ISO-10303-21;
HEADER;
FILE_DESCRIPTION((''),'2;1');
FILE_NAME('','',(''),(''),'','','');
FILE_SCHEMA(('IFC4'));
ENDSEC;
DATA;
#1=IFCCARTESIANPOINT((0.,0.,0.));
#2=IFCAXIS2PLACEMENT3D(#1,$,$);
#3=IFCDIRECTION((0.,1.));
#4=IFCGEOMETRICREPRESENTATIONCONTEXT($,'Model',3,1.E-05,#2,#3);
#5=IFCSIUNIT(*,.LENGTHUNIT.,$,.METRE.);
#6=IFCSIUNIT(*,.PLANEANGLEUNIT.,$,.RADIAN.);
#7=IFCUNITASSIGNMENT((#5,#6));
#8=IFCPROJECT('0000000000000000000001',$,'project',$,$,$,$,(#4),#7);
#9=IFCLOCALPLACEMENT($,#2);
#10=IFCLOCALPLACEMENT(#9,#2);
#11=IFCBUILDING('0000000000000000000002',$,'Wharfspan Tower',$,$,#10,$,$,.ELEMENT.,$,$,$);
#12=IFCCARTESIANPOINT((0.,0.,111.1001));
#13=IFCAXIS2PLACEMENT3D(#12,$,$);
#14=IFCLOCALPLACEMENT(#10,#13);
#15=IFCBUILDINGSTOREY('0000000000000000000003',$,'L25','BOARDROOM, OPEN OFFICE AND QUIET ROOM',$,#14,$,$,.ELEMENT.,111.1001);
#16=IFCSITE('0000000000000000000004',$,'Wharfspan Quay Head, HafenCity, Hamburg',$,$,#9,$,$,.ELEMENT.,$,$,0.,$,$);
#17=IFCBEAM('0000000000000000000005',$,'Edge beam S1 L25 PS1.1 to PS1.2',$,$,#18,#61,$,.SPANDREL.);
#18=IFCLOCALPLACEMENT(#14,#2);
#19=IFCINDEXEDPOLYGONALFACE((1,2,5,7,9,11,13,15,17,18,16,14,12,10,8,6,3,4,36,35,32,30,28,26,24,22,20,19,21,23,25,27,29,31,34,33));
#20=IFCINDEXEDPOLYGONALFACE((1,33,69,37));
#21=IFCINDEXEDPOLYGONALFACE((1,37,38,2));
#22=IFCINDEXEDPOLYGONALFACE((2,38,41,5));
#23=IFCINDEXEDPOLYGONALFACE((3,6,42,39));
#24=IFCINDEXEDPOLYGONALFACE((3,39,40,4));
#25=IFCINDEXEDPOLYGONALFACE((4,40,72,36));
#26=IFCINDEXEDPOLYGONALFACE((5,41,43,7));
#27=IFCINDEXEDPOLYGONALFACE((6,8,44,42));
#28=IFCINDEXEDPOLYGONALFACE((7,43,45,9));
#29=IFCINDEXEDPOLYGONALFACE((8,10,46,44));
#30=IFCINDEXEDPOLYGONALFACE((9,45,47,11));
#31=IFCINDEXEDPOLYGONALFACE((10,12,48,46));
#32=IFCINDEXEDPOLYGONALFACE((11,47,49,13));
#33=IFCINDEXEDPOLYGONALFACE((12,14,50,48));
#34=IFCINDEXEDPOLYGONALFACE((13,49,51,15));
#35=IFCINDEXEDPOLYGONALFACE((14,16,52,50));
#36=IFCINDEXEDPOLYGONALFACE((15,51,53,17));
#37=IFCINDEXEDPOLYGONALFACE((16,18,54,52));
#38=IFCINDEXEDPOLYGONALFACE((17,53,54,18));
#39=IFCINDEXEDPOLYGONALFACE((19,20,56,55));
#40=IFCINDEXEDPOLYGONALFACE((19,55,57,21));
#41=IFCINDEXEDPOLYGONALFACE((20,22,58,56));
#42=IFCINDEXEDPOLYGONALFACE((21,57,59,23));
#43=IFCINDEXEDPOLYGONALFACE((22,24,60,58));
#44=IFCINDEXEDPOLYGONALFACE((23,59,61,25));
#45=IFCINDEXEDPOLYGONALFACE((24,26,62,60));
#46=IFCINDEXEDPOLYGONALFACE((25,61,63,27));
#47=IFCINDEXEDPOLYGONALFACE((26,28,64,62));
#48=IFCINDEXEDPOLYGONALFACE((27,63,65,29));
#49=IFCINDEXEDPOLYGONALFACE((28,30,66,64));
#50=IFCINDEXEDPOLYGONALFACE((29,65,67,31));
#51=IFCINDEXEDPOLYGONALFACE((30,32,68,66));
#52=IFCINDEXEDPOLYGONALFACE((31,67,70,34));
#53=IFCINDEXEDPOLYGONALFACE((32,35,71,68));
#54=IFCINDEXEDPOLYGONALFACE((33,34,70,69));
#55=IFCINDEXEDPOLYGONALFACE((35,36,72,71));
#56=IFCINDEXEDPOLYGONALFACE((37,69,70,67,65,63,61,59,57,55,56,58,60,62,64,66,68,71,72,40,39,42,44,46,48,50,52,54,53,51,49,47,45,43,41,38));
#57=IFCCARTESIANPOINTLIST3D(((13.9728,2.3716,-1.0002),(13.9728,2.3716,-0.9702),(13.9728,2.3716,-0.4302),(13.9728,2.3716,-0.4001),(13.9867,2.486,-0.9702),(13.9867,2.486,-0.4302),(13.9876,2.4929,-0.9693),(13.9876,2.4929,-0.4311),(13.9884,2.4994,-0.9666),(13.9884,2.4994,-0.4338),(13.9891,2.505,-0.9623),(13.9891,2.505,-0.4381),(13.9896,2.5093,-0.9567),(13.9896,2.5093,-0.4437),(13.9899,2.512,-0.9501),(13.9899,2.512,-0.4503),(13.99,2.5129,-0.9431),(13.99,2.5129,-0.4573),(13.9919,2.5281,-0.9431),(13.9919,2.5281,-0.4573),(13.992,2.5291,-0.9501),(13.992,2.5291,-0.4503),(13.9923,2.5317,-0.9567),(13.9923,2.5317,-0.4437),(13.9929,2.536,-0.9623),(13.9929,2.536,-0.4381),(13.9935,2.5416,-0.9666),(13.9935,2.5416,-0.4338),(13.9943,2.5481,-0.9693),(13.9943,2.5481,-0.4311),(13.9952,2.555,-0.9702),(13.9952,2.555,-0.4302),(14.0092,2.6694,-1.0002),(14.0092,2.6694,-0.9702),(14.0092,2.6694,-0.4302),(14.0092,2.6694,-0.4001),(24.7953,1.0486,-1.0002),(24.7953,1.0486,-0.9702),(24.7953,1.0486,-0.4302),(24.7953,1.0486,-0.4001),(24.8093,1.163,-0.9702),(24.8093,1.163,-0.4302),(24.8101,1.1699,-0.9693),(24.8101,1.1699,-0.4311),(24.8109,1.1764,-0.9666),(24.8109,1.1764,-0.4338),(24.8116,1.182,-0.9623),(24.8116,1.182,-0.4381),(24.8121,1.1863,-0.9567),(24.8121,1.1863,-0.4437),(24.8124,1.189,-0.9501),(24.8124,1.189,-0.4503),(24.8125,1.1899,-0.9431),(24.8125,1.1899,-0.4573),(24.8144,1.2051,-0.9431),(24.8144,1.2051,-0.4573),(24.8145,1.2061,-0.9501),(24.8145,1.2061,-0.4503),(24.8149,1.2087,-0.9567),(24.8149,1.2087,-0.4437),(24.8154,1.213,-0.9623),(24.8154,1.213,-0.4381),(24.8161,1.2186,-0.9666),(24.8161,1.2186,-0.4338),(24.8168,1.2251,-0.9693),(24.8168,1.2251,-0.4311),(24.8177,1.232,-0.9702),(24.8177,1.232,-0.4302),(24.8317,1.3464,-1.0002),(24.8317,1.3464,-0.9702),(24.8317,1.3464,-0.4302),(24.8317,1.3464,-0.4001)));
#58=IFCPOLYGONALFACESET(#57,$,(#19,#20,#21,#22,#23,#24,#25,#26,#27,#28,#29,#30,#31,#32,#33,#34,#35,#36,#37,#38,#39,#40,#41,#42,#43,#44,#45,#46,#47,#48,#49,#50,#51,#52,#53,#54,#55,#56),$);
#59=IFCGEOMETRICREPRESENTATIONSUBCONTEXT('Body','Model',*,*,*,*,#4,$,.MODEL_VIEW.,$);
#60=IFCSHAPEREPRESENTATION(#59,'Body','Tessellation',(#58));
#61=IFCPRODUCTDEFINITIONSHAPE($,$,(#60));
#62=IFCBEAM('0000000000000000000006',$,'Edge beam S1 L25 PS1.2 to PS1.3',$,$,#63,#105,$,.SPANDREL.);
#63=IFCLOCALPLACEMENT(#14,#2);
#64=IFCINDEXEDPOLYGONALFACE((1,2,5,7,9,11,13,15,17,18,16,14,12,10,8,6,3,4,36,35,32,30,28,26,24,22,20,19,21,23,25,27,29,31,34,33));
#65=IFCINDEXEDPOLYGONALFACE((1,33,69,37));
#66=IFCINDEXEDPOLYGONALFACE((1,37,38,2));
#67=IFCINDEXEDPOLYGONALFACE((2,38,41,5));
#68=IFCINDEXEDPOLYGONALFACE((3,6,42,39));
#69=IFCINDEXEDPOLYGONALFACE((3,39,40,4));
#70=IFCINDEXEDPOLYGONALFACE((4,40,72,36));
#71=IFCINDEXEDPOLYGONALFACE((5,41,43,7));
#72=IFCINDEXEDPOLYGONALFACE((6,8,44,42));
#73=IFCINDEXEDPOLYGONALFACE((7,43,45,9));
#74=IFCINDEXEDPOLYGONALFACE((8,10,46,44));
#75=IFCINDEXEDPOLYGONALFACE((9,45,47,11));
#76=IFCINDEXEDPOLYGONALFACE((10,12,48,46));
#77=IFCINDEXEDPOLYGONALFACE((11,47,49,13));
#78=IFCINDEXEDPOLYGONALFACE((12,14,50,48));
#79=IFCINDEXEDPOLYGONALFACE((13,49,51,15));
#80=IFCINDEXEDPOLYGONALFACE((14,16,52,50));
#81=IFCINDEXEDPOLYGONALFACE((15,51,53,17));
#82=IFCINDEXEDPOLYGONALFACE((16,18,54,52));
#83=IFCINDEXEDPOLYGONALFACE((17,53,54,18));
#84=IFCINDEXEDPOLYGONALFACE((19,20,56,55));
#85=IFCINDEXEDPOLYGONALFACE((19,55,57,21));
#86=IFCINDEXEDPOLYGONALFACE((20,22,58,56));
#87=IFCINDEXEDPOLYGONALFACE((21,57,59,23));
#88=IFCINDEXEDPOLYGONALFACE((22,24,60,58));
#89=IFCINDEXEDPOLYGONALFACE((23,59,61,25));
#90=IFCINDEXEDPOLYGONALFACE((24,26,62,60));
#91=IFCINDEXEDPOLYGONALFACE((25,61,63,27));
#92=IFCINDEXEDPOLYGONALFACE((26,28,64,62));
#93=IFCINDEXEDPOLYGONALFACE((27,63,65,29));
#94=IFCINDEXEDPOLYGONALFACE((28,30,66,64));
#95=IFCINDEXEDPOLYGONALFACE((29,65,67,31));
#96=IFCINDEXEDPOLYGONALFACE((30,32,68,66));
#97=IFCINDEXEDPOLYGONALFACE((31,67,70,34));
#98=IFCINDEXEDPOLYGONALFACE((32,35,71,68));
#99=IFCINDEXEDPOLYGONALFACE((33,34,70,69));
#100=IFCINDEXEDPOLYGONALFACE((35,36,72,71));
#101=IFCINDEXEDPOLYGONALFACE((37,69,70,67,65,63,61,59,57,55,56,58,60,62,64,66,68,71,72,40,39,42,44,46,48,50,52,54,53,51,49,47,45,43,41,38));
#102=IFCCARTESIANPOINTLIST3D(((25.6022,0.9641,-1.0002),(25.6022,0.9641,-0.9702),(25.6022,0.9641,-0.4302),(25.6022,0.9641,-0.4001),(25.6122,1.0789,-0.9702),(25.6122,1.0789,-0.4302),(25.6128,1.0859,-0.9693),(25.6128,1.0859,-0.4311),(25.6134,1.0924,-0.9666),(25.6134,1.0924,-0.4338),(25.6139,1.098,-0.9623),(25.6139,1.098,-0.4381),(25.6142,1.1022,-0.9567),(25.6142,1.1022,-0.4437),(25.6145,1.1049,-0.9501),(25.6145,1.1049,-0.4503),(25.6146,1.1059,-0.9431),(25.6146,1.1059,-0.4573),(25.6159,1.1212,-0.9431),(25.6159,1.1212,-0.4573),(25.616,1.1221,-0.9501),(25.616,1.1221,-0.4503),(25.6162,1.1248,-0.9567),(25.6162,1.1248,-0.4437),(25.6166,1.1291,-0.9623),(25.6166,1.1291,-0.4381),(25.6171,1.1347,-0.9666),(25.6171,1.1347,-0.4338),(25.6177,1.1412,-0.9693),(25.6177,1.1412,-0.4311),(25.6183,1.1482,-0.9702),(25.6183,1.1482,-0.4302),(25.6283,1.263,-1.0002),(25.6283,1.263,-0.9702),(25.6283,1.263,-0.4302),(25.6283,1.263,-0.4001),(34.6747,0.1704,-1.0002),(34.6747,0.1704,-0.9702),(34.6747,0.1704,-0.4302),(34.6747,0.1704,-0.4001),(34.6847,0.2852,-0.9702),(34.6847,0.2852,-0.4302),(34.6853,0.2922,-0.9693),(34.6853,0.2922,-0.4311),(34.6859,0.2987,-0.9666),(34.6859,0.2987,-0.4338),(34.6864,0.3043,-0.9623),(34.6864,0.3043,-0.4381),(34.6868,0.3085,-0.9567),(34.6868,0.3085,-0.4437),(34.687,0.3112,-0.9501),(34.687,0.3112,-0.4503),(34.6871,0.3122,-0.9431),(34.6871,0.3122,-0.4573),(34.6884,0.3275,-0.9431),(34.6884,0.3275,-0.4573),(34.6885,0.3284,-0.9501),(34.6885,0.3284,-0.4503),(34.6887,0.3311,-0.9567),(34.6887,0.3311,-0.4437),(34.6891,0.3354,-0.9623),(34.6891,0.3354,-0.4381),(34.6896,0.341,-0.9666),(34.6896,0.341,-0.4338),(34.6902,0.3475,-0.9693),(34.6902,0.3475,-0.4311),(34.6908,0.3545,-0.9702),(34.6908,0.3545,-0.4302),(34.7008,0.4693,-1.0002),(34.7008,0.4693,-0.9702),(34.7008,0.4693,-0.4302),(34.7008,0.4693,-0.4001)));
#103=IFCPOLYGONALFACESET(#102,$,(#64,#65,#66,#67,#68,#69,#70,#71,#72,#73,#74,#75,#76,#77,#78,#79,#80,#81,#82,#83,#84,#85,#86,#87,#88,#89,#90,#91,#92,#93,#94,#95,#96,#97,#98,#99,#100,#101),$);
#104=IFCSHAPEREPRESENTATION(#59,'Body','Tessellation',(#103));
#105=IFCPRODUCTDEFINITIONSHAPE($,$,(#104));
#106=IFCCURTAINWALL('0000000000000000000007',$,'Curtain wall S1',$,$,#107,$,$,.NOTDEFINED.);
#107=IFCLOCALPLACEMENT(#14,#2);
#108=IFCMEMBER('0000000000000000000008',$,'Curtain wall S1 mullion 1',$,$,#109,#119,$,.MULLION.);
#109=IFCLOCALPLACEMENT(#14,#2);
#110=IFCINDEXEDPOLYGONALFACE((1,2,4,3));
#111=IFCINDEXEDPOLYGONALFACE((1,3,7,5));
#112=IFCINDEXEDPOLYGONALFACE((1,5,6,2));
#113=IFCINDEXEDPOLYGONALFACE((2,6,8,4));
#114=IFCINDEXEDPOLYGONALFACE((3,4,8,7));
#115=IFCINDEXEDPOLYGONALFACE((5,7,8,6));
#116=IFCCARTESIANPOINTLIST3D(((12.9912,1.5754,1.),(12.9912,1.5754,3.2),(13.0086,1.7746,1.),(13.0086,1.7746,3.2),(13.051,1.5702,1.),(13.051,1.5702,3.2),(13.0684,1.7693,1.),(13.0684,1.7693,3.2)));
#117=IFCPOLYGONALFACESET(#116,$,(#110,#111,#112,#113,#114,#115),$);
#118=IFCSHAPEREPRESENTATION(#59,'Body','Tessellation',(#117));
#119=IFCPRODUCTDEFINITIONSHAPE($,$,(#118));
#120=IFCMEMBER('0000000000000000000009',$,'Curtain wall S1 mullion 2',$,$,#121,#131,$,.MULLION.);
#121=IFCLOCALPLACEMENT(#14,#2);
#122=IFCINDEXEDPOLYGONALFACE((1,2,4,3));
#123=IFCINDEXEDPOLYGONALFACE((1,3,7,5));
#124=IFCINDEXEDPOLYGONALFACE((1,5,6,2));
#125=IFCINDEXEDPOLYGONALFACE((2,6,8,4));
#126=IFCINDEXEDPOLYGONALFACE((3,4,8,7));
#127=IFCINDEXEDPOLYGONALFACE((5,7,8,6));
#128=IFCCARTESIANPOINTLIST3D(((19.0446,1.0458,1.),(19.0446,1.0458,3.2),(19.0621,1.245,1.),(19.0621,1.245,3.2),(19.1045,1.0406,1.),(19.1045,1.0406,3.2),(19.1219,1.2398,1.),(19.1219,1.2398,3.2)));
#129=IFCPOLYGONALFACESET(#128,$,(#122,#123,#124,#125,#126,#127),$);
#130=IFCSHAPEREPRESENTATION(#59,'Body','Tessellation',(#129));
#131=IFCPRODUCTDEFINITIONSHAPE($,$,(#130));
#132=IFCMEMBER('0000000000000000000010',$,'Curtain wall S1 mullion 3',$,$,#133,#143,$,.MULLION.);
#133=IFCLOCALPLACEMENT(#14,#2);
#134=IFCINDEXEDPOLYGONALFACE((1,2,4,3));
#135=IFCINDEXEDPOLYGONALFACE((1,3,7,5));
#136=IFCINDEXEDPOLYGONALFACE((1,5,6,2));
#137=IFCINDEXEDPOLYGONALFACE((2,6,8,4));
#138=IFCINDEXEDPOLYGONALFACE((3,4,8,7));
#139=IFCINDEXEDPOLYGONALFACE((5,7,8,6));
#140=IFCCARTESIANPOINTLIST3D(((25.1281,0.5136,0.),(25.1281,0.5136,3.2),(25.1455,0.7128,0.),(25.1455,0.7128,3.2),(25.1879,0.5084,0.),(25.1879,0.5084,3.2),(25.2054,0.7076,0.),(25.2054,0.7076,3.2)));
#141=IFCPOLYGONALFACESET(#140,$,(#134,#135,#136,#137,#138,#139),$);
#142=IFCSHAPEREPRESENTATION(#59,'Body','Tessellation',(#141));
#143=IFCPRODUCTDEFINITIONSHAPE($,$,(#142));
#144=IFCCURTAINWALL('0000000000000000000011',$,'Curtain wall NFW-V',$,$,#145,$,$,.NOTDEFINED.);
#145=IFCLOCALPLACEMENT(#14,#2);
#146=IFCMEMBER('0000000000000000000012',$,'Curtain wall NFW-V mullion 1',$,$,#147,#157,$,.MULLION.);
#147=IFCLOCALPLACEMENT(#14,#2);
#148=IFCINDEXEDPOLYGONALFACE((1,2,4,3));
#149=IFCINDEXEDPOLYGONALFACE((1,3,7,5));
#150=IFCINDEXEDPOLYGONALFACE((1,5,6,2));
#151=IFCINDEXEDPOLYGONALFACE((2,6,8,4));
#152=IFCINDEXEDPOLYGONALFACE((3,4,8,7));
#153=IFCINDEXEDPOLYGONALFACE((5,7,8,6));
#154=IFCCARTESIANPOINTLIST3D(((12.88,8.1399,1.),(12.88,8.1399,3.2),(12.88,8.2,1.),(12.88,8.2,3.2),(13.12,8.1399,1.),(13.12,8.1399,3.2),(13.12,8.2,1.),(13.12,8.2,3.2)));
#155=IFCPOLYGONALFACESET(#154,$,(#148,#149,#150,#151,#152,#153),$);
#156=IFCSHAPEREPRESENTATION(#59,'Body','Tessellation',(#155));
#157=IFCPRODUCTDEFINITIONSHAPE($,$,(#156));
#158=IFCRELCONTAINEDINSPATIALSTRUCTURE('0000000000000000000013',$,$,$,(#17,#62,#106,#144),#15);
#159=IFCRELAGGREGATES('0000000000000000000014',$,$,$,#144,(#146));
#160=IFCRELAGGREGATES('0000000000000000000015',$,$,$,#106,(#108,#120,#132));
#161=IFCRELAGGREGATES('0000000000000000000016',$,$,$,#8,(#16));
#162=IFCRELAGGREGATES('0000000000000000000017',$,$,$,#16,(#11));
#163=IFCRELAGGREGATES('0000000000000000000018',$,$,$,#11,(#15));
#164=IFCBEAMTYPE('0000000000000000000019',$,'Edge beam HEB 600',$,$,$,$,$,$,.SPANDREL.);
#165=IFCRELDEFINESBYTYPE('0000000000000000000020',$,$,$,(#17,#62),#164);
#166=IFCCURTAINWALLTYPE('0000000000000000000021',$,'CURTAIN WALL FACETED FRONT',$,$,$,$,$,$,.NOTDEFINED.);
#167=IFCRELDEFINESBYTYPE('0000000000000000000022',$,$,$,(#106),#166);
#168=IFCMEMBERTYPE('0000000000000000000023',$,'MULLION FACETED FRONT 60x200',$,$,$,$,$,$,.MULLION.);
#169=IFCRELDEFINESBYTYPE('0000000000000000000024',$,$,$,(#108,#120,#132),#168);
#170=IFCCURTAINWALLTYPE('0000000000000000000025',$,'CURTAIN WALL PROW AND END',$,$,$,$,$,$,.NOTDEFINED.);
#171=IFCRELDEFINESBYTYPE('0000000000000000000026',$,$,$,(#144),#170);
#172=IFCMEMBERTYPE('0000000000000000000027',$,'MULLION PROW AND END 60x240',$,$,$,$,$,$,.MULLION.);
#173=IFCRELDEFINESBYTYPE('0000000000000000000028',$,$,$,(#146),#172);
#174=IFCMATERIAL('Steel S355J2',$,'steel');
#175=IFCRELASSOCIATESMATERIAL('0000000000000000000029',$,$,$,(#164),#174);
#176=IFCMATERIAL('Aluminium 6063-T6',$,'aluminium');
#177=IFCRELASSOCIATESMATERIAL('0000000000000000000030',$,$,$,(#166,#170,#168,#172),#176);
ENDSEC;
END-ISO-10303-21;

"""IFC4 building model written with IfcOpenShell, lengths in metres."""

from ifc_helpers import new_model, si_unit, direction, frame, origin, origin_2d, place, context, subcontext, project, spatial, rectangle, i_section, extrude, material, material_profile, profile_set, type_object, element, aggregate, save


model = new_model("IFC4")

# Units and contexts
model_context = context("Model", 3, precision=1e-05, world=origin(), true_north=direction((0.0, 1.0)))
body_context = subcontext(model_context, "Body", "Model", "MODEL_VIEW")
ifc_project = project(units=[si_unit("LENGTHUNIT", "METRE"), si_unit("PLANEANGLEUNIT", "RADIAN")], contexts=[model_context])

# Site, building, storey
site_placement = place(None, origin())
site = spatial("IfcSite", under=ifc_project, at=site_placement, Name="Wharfspan Quay Head, HafenCity, Hamburg", CompositionType="ELEMENT", RefElevation=0.0)
building_placement = place(site_placement, origin())
building = spatial("IfcBuilding", under=site, at=building_placement, Name="Wharfspan Tower", CompositionType="ELEMENT")
storey_placement = place(building_placement, frame((0.0, 0.0, 111.1001)))
storey = spatial("IfcBuildingStorey", under=building, at=storey_placement, Name="L25", Description="BOARDROOM, OPEN OFFICE AND QUIET ROOM", CompositionType="ELEMENT", Elevation=111.1001)

# Shared definitions
ifc_material_1 = material(Name="Steel S355J2", Category="steel")

# Beams
ifc_material_profile_1 = material_profile(ifc_material_1, i_section(OverallWidth=0.3, OverallDepth=0.6001, WebThickness=0.0154, FlangeThickness=0.03, FilletRadius=0.0271, at=origin_2d()))
ifc_profile_set_1 = profile_set([ifc_material_profile_1], Name="Steel S355J2")
beam_type = type_object("IfcBeamType", Name="Edge beam HEB 600", PredefinedType="SPANDREL", material=ifc_profile_set_1)
beam_1_placement = place(storey_placement, frame((13.991, 2.5205, -0.7002), z_axis=(0.992611, -0.121342, 0.0), x_axis=(0.121342, 0.992611, 0.0)))
element("IfcBeam", 1, at=beam_1_placement, inside=storey, type_object=beam_type, Name="Edge beam S1 L25 PS1.1 to PS1.2", PredefinedType="SPANDREL", context=body_context, shape_type="SweptSolid", body=[
    extrude(i_section(OverallWidth=0.3, OverallDepth=0.6001, WebThickness=0.0154, FlangeThickness=0.03, FilletRadius=0.0271, at=origin_2d()), origin(), (0.0, 0.0, 1.0), 10.9031),
])
beam_2_placement = place(storey_placement, frame((25.6152, 1.1135, -0.7002), z_axis=(0.996195, -0.087151, 0.0), x_axis=(0.087151, 0.996195, 0.0)))
element("IfcBeam", 2, at=beam_2_placement, inside=storey, type_object=beam_type, Name="Edge beam S1 L25 PS1.2 to PS1.3", PredefinedType="SPANDREL", context=body_context, shape_type="SweptSolid", body=[
    extrude(i_section(OverallWidth=0.3, OverallDepth=0.6001, WebThickness=0.0154, FlangeThickness=0.03, FilletRadius=0.0271, at=origin_2d()), origin(), (0.0, 0.0, 1.0), 9.1072),
])

# Curtain wall, members
ifc_material_2 = material(Name="Aluminium 6063-T6", Category="aluminium")
curtain_wall_type_1 = type_object("IfcCurtainWallType", Name="CURTAIN WALL FACETED FRONT", PredefinedType="NOTDEFINED", material=ifc_material_2)
curtain_wall_1_placement = place(storey_placement, origin())
curtain_wall_1 = element("IfcCurtainWall", 3, at=curtain_wall_1_placement, inside=storey, type_object=curtain_wall_type_1, Name="Curtain wall S1", PredefinedType="NOTDEFINED")
ifc_material_profile_2 = material_profile(ifc_material_2, rectangle(XDim=0.2, YDim=0.0601, at=origin_2d()))
ifc_profile_set_2 = profile_set([ifc_material_profile_2], Name="Aluminium 6063-T6")
member_type_1 = type_object("IfcMemberType", Name="MULLION FACETED FRONT 60x200", PredefinedType="MULLION", material=ifc_profile_set_2)
member_1_placement = place(storey_placement, frame((13.0298, 1.6724, 1.0), z_axis=(0.0, 0.0, 1.0), x_axis=(0.087156, 0.996198, 0.0)))
member_1 = element("IfcMember", 4, at=member_1_placement, type_object=member_type_1, Name="Curtain wall S1 mullion 1", PredefinedType="MULLION", context=body_context, shape_type="SweptSolid", body=[
    extrude(rectangle(XDim=0.2, YDim=0.0601, at=origin_2d()), origin(), (0.0, 0.0, 1.0), 2.2),
])
member_2_placement = place(storey_placement, frame((19.0833, 1.1428, 1.0), z_axis=(0.0, 0.0, 1.0), x_axis=(0.087156, 0.996198, 0.0)))
member_2 = element("IfcMember", 5, at=member_2_placement, type_object=member_type_1, Name="Curtain wall S1 mullion 2", PredefinedType="MULLION", context=body_context, shape_type="SweptSolid", body=[
    extrude(rectangle(XDim=0.2, YDim=0.0601, at=origin_2d()), origin(), (0.0, 0.0, 1.0), 2.2),
])
member_3_placement = place(storey_placement, frame((25.1667, 0.6106, 0.0), z_axis=(0.0, 0.0, 1.0), x_axis=(0.087156, 0.996198, 0.0)))
member_3 = element("IfcMember", 6, at=member_3_placement, type_object=member_type_1, Name="Curtain wall S1 mullion 3", PredefinedType="MULLION", context=body_context, shape_type="SweptSolid", body=[
    extrude(rectangle(XDim=0.2, YDim=0.0601, at=origin_2d()), origin(), (0.0, 0.0, 1.0), 3.2),
])

# Curtain wall, member
curtain_wall_type_2 = type_object("IfcCurtainWallType", Name="CURTAIN WALL PROW AND END", PredefinedType="NOTDEFINED", material=ifc_material_2)
curtain_wall_2_placement = place(storey_placement, origin())
curtain_wall_2 = element("IfcCurtainWall", 7, at=curtain_wall_2_placement, inside=storey, type_object=curtain_wall_type_2, Name="Curtain wall NFW-V", PredefinedType="NOTDEFINED")
ifc_material_profile_3 = material_profile(ifc_material_2, rectangle(XDim=0.24, YDim=0.0601, at=origin_2d()))
ifc_profile_set_3 = profile_set([ifc_material_profile_3], Name="Aluminium 6063-T6")
member_type_2 = type_object("IfcMemberType", Name="MULLION PROW AND END 60x240", PredefinedType="MULLION", material=ifc_profile_set_3)
member_4_placement = place(storey_placement, frame((13.0, 8.1699, 1.0), z_axis=(0.0, 0.0, 1.0), x_axis=(1.0, 0.0, 0.0)))
member_4 = element("IfcMember", 8, at=member_4_placement, type_object=member_type_2, Name="Curtain wall NFW-V mullion 1", PredefinedType="MULLION", context=body_context, shape_type="SweptSolid", body=[
    extrude(rectangle(XDim=0.24, YDim=0.0601, at=origin_2d()), origin(), (0.0, 0.0, 1.0), 2.2),
])

aggregate(curtain_wall_2, [member_4])
aggregate(curtain_wall_1, [member_1, member_2, member_3])

save(model, "model.ifc")
